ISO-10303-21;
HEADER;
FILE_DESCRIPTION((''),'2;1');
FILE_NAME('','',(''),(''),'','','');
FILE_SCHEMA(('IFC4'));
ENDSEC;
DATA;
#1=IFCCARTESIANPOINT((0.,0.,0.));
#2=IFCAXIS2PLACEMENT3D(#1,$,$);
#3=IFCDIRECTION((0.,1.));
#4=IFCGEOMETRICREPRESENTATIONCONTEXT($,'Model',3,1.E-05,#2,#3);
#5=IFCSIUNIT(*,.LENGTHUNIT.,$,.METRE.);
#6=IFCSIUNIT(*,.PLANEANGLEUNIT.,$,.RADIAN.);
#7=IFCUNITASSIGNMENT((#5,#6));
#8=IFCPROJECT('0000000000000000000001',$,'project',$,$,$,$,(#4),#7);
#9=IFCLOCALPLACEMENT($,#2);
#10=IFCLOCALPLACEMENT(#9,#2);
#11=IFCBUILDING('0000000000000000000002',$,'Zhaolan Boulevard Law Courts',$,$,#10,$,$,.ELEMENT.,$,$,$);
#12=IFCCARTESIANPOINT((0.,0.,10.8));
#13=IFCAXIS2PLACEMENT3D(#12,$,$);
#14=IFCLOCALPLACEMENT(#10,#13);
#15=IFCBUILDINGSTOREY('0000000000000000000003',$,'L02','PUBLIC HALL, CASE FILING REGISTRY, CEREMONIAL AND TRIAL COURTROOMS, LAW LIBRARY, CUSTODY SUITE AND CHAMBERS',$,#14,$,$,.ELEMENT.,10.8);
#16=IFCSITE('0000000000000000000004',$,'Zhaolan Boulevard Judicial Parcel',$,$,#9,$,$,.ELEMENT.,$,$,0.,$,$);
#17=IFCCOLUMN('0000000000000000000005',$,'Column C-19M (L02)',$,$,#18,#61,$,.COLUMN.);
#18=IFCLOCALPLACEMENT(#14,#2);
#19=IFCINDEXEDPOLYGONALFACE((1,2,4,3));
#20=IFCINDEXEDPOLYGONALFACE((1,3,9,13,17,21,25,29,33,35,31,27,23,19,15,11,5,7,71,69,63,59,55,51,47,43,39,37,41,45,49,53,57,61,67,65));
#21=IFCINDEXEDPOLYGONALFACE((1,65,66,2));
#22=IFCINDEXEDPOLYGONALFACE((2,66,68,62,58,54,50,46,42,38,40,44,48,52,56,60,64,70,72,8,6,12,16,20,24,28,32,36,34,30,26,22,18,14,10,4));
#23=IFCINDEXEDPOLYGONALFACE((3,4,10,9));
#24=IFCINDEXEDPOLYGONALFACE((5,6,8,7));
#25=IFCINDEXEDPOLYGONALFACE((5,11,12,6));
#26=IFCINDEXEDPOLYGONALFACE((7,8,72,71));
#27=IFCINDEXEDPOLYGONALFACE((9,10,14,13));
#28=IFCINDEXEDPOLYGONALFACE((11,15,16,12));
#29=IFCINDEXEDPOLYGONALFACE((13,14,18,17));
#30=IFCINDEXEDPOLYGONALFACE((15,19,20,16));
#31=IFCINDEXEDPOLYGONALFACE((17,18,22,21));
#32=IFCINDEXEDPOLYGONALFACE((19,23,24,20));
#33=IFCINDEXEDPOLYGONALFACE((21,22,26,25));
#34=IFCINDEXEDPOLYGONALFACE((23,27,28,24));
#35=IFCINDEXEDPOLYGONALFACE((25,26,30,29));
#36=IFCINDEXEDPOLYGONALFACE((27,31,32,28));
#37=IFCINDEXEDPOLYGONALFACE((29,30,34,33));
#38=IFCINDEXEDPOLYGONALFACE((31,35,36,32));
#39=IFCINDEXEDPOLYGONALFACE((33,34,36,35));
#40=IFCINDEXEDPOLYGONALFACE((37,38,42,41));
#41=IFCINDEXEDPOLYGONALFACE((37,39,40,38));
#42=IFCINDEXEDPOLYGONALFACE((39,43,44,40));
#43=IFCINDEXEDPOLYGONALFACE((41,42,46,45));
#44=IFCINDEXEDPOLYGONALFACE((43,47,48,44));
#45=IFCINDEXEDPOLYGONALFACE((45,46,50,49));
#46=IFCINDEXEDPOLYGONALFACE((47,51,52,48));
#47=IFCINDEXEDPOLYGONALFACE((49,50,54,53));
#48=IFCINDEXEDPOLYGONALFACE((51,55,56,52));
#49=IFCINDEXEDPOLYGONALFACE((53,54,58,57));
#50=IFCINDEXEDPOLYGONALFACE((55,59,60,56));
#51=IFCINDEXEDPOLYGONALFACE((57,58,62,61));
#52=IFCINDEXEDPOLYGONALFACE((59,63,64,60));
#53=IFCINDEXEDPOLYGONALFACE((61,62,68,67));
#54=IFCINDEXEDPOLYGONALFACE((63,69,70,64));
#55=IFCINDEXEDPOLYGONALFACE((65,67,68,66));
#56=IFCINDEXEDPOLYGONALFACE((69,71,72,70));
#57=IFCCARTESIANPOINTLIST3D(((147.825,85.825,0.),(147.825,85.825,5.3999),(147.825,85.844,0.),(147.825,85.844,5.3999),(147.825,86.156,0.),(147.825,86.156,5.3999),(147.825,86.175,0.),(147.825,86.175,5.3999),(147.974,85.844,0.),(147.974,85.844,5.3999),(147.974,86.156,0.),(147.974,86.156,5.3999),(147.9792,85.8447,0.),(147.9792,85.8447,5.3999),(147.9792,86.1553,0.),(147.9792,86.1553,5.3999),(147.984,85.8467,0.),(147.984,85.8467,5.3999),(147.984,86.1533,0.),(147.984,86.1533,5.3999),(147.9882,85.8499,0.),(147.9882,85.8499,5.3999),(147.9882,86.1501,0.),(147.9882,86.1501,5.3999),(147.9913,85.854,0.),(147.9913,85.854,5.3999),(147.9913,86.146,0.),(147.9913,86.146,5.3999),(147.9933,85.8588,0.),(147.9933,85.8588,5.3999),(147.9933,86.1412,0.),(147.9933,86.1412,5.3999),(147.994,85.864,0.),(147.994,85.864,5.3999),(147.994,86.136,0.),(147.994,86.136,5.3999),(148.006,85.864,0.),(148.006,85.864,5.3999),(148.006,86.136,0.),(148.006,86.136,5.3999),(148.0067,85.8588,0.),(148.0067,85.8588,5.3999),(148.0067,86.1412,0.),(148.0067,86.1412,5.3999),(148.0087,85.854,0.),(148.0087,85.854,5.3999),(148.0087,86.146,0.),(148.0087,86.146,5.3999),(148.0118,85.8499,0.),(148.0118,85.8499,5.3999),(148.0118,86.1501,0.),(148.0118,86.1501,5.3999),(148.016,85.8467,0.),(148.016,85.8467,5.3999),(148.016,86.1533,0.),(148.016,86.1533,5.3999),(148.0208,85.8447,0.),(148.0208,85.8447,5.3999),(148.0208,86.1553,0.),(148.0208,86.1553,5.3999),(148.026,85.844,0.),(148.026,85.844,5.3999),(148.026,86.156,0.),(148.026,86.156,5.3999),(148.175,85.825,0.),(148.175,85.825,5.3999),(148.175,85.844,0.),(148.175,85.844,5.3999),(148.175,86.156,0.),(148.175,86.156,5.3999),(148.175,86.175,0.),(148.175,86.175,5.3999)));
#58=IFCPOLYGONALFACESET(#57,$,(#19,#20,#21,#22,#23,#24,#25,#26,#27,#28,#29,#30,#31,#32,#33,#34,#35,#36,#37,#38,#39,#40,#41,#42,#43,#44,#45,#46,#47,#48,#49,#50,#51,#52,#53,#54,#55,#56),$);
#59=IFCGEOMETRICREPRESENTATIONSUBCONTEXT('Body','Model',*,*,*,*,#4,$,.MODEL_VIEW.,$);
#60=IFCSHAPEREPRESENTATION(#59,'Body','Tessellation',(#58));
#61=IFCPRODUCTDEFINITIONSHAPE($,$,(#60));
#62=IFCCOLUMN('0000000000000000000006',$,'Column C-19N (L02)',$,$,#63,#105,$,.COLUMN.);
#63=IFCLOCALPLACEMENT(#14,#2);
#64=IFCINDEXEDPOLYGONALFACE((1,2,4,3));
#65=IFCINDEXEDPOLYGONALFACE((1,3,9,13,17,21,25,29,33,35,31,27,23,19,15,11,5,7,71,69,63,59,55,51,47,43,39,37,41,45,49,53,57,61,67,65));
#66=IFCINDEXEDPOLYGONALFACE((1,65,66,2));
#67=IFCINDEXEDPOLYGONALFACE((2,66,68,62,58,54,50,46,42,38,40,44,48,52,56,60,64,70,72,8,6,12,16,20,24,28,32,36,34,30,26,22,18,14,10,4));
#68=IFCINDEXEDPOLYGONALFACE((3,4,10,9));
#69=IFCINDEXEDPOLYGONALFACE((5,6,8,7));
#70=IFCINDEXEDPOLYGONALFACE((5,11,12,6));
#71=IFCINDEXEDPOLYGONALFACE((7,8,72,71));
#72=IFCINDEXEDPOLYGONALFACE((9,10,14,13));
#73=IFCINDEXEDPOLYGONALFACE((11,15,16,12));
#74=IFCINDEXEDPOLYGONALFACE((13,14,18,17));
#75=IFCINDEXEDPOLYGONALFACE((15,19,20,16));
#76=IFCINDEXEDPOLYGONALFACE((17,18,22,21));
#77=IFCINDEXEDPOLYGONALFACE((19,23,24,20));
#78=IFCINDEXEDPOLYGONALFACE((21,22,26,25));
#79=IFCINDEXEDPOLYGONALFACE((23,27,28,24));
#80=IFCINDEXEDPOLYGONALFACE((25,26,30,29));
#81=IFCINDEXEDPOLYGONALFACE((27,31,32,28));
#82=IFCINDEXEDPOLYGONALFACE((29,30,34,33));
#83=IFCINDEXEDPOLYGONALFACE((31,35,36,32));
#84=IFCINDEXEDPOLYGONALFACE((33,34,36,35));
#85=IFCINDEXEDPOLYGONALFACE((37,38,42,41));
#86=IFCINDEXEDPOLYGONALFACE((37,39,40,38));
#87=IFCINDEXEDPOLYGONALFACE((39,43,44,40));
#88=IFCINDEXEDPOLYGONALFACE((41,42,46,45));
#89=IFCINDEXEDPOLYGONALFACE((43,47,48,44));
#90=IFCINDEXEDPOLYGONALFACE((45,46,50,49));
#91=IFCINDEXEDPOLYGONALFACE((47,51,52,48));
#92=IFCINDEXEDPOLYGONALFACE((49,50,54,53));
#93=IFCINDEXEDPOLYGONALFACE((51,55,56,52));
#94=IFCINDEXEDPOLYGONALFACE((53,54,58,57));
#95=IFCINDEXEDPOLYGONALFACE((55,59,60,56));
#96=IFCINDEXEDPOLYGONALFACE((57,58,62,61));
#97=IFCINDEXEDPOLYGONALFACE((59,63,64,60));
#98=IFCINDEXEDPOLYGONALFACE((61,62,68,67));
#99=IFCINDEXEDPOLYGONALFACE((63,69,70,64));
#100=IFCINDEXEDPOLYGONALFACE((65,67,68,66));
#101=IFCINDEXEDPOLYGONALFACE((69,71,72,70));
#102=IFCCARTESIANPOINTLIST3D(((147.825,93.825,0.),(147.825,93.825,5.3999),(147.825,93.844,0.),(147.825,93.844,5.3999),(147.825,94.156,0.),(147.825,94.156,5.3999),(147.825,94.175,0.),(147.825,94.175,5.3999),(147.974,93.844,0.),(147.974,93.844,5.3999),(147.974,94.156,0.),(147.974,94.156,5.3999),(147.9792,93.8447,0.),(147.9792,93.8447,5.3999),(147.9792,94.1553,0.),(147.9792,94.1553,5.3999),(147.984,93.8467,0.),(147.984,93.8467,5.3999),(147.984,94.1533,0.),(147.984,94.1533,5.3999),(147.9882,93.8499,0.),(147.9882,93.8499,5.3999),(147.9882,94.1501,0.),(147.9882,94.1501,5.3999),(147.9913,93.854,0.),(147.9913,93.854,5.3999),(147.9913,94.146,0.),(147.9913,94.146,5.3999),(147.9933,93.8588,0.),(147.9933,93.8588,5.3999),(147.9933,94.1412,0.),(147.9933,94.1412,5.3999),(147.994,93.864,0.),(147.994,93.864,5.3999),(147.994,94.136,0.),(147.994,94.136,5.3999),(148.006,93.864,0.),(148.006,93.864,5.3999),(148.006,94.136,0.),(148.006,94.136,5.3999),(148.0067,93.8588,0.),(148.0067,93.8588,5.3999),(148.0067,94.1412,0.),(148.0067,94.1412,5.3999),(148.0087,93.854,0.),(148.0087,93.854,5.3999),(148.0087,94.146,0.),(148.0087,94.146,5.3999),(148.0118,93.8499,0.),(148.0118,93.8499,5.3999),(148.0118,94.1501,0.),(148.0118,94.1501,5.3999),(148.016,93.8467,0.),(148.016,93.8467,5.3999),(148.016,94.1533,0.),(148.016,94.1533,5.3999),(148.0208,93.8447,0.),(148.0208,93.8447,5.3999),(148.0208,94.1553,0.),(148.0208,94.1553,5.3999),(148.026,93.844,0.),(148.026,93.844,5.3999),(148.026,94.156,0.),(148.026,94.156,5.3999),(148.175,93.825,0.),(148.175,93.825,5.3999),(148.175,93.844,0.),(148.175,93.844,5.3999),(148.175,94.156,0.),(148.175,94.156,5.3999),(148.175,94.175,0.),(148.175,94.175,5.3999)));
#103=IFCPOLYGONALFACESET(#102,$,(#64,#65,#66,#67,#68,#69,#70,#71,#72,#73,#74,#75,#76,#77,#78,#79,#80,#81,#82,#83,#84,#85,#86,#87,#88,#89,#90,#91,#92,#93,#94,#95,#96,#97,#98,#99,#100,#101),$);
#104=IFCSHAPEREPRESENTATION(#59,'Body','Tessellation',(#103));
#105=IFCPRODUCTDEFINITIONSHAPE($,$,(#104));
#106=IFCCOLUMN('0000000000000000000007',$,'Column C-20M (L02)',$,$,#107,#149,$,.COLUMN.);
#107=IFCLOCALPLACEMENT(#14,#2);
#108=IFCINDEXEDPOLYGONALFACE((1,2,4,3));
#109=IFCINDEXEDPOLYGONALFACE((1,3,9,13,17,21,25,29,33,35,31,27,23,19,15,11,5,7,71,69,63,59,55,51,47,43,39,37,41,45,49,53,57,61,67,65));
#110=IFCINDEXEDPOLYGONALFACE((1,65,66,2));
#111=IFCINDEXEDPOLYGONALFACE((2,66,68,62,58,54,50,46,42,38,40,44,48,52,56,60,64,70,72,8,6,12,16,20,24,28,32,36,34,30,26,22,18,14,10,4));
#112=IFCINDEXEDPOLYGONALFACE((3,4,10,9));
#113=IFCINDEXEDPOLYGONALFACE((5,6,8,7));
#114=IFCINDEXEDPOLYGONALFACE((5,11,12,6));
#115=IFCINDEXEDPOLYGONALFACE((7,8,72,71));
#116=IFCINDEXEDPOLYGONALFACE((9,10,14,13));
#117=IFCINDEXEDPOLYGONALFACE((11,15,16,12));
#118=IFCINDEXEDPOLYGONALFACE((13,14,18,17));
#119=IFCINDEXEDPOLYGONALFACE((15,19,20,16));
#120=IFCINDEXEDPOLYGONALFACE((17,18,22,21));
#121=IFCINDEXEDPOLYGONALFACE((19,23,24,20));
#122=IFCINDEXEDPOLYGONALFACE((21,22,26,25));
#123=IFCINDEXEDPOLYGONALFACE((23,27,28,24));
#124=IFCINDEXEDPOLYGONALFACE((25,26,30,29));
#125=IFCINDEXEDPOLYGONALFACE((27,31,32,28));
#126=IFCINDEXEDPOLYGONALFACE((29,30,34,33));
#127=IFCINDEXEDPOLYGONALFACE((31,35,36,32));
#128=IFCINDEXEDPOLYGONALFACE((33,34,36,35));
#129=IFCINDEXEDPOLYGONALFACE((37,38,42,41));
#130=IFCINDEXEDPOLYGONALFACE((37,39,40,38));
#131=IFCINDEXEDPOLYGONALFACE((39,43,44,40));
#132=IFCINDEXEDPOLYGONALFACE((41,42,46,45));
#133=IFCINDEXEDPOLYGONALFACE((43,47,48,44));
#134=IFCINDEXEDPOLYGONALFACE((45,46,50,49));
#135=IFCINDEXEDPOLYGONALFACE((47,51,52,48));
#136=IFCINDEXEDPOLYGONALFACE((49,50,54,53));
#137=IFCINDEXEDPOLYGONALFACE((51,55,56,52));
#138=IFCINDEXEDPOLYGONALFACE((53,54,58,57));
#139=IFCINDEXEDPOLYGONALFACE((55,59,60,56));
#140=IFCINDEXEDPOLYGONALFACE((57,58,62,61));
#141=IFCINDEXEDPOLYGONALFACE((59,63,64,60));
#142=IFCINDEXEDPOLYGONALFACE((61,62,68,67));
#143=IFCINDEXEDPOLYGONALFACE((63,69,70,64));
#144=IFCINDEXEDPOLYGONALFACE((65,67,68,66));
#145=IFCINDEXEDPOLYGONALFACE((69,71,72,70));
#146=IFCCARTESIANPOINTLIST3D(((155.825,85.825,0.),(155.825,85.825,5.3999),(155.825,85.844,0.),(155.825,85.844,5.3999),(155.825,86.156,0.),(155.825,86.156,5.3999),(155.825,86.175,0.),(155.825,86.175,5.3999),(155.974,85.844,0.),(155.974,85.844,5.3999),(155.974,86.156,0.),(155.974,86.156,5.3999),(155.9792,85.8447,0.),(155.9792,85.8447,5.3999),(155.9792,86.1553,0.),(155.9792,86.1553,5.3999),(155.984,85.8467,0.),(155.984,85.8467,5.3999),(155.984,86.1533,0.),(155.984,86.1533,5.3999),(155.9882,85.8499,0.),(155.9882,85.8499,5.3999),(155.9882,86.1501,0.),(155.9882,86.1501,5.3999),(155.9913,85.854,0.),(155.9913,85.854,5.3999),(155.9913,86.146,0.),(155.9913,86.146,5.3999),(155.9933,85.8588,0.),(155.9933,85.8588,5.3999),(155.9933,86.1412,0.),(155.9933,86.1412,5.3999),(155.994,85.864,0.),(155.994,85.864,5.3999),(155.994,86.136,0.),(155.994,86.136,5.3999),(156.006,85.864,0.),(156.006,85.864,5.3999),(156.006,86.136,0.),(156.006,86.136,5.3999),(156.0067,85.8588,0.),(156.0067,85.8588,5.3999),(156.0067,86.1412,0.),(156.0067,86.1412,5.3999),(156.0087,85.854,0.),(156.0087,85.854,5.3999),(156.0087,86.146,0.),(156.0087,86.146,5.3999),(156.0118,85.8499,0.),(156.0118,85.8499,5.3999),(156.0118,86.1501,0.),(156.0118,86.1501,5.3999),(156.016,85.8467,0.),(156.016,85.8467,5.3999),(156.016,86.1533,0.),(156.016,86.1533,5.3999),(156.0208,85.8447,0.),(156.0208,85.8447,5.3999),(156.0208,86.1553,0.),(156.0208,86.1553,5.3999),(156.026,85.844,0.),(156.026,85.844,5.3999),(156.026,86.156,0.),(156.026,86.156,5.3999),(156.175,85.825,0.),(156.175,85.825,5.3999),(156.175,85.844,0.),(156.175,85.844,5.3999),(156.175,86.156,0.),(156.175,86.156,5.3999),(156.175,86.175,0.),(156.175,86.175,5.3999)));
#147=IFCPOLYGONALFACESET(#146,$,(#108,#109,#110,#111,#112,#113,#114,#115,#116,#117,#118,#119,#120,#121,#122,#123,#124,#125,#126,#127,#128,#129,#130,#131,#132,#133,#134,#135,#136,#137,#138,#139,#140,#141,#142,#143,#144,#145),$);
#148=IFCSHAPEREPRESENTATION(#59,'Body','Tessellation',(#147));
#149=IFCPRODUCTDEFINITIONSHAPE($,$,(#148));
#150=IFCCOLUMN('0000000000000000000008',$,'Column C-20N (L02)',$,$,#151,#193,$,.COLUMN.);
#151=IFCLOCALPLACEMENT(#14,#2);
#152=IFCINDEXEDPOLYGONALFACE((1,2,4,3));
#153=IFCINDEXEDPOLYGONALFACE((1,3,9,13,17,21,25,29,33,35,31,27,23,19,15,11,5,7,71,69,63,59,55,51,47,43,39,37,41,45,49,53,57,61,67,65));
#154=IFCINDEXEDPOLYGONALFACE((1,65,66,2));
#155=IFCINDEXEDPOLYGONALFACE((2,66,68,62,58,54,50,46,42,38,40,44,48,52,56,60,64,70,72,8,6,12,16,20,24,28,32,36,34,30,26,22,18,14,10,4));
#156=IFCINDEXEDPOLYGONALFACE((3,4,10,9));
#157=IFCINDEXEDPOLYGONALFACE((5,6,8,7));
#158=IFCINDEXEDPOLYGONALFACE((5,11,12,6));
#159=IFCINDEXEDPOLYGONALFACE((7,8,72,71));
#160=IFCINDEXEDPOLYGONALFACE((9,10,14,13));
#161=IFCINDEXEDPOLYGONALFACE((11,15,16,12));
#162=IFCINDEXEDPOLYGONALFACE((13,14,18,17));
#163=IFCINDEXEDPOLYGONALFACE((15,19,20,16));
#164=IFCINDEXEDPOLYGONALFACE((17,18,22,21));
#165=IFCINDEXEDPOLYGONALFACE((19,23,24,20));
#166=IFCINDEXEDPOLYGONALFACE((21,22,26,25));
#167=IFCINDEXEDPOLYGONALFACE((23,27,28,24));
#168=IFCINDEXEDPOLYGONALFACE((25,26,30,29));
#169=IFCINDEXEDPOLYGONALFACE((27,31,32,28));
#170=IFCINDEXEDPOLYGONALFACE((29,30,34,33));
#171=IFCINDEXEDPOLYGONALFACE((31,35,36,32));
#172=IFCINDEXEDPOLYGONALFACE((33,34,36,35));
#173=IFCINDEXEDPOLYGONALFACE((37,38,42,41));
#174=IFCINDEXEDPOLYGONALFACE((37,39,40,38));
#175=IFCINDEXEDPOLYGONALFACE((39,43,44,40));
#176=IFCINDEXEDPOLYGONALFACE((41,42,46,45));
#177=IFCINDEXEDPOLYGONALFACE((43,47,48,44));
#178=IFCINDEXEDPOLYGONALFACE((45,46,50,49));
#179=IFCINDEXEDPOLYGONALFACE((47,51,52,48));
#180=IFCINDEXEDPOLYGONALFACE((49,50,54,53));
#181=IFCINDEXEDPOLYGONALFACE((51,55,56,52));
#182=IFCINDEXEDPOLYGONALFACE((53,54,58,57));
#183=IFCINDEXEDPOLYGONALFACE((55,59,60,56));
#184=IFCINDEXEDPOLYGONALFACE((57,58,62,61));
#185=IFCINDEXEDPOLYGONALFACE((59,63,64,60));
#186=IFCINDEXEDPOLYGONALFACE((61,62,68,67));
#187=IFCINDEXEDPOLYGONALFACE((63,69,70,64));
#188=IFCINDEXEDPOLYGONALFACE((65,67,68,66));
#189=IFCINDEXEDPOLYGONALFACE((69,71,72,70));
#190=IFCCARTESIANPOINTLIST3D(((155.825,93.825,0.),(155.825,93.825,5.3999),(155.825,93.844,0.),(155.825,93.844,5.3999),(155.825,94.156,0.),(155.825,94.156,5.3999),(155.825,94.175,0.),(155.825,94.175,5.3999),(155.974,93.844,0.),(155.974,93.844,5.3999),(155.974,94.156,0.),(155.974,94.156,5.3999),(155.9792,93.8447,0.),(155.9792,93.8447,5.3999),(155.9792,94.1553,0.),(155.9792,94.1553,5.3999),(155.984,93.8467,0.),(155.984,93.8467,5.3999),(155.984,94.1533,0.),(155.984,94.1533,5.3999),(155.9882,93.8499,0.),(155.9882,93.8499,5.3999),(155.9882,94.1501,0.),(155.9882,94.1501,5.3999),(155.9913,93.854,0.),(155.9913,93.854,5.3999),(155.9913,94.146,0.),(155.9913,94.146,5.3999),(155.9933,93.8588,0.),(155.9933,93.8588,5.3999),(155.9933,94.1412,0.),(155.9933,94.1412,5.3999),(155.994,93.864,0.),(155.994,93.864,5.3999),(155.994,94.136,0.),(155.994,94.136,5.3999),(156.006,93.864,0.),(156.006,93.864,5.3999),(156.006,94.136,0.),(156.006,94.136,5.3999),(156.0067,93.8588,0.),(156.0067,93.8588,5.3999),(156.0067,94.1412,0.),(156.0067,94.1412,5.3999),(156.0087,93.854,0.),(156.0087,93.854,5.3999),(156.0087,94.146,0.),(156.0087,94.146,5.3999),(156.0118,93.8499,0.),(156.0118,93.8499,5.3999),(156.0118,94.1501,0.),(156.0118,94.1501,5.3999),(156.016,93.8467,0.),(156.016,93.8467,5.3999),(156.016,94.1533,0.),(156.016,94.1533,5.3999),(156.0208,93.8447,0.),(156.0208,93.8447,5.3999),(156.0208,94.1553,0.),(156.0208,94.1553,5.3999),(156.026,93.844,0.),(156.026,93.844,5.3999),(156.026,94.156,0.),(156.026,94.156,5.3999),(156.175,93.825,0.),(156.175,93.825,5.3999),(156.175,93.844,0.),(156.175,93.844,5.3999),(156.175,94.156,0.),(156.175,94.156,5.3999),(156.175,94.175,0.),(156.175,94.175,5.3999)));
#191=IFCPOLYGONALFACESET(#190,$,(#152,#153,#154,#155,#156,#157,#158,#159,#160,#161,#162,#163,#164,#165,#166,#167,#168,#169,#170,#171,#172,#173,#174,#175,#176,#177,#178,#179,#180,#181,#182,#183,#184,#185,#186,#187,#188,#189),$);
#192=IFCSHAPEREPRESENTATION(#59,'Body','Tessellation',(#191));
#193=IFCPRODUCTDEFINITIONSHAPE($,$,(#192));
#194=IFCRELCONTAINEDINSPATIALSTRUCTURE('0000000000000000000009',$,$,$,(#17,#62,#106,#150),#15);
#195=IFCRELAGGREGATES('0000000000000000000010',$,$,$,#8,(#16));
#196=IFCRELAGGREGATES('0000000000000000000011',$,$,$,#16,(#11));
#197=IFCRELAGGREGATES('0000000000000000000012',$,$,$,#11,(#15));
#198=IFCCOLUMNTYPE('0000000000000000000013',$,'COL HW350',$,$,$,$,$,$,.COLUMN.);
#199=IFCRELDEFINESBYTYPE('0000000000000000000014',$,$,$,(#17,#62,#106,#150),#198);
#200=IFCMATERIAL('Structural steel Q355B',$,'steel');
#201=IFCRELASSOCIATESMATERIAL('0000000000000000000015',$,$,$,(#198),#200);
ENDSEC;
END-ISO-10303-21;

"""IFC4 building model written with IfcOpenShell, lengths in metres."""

from ifc_helpers import new_model, si_unit, direction, frame, origin, origin_2d, place, context, subcontext, project, spatial, i_section, extrude, material, material_profile, profile_set, type_object, element, save


model = new_model("IFC4")

# Units and contexts
model_context = context("Model", 3, precision=1e-05, world=origin(), true_north=direction((0.0, 1.0)))
body_context = subcontext(model_context, "Body", "Model", "MODEL_VIEW")
ifc_project = project(units=[si_unit("LENGTHUNIT", "METRE"), si_unit("PLANEANGLEUNIT", "RADIAN")], contexts=[model_context])

# Site, building, storey
site_placement = place(None, origin())
site = spatial("IfcSite", under=ifc_project, at=site_placement, Name="Zhaolan Boulevard Judicial Parcel", CompositionType="ELEMENT", RefElevation=0.0)
building_placement = place(site_placement, origin())
building = spatial("IfcBuilding", under=site, at=building_placement, Name="Zhaolan Boulevard Law Courts", CompositionType="ELEMENT")
storey_placement = place(building_placement, frame((0.0, 0.0, 10.8)))
storey = spatial("IfcBuildingStorey", under=building, at=storey_placement, Name="L02", Description="PUBLIC HALL, CASE FILING REGISTRY, CEREMONIAL AND TRIAL COURTROOMS, LAW LIBRARY, CUSTODY SUITE AND CHAMBERS", CompositionType="ELEMENT", Elevation=10.8)

# Columns
ifc_material_1 = material(Name="Structural steel Q355B", Category="steel")
ifc_material_profile_1 = material_profile(ifc_material_1, i_section(OverallWidth=0.3501, OverallDepth=0.3501, WebThickness=0.012, FlangeThickness=0.019, FilletRadius=0.02, at=origin_2d()), Name="HW350x350")
ifc_profile_set_1 = profile_set([ifc_material_profile_1], Name="Structural steel Q355B")
column_type = type_object("IfcColumnType", Name="COL HW350", PredefinedType="COLUMN", material=ifc_profile_set_1)
for number, where, z_axis, x_axis, name in (
    (1, (148.0, 86.0, 0.0), (0.0, 0.0, 1.0), (1.0, 0.0, 0.0), "Column C-19M (L02)"),
    (2, (148.0, 94.0, 0.0), (0.0, 0.0, 1.0), (1.0, 0.0, 0.0), "Column C-19N (L02)"),
    (3, (156.0, 86.0, 0.0), (0.0, 0.0, 1.0), (1.0, 0.0, 0.0), "Column C-20M (L02)"),
    (4, (156.0, 94.0, 0.0), (0.0, 0.0, 1.0), (1.0, 0.0, 0.0), "Column C-20N (L02)"),
):
    element("IfcColumn", number, at=place(storey_placement, frame(where, z_axis=z_axis, x_axis=x_axis)), inside=storey, type_object=column_type, Name=name, PredefinedType="COLUMN", context=body_context, shape_type="SweptSolid", body=[
        extrude(i_section(OverallWidth=0.3501, OverallDepth=0.3501, WebThickness=0.012, FlangeThickness=0.019, FilletRadius=0.02, at=origin_2d()), origin(), (0.0, 0.0, 1.0), 5.3999),
    ])

save(model, "model.ifc")
